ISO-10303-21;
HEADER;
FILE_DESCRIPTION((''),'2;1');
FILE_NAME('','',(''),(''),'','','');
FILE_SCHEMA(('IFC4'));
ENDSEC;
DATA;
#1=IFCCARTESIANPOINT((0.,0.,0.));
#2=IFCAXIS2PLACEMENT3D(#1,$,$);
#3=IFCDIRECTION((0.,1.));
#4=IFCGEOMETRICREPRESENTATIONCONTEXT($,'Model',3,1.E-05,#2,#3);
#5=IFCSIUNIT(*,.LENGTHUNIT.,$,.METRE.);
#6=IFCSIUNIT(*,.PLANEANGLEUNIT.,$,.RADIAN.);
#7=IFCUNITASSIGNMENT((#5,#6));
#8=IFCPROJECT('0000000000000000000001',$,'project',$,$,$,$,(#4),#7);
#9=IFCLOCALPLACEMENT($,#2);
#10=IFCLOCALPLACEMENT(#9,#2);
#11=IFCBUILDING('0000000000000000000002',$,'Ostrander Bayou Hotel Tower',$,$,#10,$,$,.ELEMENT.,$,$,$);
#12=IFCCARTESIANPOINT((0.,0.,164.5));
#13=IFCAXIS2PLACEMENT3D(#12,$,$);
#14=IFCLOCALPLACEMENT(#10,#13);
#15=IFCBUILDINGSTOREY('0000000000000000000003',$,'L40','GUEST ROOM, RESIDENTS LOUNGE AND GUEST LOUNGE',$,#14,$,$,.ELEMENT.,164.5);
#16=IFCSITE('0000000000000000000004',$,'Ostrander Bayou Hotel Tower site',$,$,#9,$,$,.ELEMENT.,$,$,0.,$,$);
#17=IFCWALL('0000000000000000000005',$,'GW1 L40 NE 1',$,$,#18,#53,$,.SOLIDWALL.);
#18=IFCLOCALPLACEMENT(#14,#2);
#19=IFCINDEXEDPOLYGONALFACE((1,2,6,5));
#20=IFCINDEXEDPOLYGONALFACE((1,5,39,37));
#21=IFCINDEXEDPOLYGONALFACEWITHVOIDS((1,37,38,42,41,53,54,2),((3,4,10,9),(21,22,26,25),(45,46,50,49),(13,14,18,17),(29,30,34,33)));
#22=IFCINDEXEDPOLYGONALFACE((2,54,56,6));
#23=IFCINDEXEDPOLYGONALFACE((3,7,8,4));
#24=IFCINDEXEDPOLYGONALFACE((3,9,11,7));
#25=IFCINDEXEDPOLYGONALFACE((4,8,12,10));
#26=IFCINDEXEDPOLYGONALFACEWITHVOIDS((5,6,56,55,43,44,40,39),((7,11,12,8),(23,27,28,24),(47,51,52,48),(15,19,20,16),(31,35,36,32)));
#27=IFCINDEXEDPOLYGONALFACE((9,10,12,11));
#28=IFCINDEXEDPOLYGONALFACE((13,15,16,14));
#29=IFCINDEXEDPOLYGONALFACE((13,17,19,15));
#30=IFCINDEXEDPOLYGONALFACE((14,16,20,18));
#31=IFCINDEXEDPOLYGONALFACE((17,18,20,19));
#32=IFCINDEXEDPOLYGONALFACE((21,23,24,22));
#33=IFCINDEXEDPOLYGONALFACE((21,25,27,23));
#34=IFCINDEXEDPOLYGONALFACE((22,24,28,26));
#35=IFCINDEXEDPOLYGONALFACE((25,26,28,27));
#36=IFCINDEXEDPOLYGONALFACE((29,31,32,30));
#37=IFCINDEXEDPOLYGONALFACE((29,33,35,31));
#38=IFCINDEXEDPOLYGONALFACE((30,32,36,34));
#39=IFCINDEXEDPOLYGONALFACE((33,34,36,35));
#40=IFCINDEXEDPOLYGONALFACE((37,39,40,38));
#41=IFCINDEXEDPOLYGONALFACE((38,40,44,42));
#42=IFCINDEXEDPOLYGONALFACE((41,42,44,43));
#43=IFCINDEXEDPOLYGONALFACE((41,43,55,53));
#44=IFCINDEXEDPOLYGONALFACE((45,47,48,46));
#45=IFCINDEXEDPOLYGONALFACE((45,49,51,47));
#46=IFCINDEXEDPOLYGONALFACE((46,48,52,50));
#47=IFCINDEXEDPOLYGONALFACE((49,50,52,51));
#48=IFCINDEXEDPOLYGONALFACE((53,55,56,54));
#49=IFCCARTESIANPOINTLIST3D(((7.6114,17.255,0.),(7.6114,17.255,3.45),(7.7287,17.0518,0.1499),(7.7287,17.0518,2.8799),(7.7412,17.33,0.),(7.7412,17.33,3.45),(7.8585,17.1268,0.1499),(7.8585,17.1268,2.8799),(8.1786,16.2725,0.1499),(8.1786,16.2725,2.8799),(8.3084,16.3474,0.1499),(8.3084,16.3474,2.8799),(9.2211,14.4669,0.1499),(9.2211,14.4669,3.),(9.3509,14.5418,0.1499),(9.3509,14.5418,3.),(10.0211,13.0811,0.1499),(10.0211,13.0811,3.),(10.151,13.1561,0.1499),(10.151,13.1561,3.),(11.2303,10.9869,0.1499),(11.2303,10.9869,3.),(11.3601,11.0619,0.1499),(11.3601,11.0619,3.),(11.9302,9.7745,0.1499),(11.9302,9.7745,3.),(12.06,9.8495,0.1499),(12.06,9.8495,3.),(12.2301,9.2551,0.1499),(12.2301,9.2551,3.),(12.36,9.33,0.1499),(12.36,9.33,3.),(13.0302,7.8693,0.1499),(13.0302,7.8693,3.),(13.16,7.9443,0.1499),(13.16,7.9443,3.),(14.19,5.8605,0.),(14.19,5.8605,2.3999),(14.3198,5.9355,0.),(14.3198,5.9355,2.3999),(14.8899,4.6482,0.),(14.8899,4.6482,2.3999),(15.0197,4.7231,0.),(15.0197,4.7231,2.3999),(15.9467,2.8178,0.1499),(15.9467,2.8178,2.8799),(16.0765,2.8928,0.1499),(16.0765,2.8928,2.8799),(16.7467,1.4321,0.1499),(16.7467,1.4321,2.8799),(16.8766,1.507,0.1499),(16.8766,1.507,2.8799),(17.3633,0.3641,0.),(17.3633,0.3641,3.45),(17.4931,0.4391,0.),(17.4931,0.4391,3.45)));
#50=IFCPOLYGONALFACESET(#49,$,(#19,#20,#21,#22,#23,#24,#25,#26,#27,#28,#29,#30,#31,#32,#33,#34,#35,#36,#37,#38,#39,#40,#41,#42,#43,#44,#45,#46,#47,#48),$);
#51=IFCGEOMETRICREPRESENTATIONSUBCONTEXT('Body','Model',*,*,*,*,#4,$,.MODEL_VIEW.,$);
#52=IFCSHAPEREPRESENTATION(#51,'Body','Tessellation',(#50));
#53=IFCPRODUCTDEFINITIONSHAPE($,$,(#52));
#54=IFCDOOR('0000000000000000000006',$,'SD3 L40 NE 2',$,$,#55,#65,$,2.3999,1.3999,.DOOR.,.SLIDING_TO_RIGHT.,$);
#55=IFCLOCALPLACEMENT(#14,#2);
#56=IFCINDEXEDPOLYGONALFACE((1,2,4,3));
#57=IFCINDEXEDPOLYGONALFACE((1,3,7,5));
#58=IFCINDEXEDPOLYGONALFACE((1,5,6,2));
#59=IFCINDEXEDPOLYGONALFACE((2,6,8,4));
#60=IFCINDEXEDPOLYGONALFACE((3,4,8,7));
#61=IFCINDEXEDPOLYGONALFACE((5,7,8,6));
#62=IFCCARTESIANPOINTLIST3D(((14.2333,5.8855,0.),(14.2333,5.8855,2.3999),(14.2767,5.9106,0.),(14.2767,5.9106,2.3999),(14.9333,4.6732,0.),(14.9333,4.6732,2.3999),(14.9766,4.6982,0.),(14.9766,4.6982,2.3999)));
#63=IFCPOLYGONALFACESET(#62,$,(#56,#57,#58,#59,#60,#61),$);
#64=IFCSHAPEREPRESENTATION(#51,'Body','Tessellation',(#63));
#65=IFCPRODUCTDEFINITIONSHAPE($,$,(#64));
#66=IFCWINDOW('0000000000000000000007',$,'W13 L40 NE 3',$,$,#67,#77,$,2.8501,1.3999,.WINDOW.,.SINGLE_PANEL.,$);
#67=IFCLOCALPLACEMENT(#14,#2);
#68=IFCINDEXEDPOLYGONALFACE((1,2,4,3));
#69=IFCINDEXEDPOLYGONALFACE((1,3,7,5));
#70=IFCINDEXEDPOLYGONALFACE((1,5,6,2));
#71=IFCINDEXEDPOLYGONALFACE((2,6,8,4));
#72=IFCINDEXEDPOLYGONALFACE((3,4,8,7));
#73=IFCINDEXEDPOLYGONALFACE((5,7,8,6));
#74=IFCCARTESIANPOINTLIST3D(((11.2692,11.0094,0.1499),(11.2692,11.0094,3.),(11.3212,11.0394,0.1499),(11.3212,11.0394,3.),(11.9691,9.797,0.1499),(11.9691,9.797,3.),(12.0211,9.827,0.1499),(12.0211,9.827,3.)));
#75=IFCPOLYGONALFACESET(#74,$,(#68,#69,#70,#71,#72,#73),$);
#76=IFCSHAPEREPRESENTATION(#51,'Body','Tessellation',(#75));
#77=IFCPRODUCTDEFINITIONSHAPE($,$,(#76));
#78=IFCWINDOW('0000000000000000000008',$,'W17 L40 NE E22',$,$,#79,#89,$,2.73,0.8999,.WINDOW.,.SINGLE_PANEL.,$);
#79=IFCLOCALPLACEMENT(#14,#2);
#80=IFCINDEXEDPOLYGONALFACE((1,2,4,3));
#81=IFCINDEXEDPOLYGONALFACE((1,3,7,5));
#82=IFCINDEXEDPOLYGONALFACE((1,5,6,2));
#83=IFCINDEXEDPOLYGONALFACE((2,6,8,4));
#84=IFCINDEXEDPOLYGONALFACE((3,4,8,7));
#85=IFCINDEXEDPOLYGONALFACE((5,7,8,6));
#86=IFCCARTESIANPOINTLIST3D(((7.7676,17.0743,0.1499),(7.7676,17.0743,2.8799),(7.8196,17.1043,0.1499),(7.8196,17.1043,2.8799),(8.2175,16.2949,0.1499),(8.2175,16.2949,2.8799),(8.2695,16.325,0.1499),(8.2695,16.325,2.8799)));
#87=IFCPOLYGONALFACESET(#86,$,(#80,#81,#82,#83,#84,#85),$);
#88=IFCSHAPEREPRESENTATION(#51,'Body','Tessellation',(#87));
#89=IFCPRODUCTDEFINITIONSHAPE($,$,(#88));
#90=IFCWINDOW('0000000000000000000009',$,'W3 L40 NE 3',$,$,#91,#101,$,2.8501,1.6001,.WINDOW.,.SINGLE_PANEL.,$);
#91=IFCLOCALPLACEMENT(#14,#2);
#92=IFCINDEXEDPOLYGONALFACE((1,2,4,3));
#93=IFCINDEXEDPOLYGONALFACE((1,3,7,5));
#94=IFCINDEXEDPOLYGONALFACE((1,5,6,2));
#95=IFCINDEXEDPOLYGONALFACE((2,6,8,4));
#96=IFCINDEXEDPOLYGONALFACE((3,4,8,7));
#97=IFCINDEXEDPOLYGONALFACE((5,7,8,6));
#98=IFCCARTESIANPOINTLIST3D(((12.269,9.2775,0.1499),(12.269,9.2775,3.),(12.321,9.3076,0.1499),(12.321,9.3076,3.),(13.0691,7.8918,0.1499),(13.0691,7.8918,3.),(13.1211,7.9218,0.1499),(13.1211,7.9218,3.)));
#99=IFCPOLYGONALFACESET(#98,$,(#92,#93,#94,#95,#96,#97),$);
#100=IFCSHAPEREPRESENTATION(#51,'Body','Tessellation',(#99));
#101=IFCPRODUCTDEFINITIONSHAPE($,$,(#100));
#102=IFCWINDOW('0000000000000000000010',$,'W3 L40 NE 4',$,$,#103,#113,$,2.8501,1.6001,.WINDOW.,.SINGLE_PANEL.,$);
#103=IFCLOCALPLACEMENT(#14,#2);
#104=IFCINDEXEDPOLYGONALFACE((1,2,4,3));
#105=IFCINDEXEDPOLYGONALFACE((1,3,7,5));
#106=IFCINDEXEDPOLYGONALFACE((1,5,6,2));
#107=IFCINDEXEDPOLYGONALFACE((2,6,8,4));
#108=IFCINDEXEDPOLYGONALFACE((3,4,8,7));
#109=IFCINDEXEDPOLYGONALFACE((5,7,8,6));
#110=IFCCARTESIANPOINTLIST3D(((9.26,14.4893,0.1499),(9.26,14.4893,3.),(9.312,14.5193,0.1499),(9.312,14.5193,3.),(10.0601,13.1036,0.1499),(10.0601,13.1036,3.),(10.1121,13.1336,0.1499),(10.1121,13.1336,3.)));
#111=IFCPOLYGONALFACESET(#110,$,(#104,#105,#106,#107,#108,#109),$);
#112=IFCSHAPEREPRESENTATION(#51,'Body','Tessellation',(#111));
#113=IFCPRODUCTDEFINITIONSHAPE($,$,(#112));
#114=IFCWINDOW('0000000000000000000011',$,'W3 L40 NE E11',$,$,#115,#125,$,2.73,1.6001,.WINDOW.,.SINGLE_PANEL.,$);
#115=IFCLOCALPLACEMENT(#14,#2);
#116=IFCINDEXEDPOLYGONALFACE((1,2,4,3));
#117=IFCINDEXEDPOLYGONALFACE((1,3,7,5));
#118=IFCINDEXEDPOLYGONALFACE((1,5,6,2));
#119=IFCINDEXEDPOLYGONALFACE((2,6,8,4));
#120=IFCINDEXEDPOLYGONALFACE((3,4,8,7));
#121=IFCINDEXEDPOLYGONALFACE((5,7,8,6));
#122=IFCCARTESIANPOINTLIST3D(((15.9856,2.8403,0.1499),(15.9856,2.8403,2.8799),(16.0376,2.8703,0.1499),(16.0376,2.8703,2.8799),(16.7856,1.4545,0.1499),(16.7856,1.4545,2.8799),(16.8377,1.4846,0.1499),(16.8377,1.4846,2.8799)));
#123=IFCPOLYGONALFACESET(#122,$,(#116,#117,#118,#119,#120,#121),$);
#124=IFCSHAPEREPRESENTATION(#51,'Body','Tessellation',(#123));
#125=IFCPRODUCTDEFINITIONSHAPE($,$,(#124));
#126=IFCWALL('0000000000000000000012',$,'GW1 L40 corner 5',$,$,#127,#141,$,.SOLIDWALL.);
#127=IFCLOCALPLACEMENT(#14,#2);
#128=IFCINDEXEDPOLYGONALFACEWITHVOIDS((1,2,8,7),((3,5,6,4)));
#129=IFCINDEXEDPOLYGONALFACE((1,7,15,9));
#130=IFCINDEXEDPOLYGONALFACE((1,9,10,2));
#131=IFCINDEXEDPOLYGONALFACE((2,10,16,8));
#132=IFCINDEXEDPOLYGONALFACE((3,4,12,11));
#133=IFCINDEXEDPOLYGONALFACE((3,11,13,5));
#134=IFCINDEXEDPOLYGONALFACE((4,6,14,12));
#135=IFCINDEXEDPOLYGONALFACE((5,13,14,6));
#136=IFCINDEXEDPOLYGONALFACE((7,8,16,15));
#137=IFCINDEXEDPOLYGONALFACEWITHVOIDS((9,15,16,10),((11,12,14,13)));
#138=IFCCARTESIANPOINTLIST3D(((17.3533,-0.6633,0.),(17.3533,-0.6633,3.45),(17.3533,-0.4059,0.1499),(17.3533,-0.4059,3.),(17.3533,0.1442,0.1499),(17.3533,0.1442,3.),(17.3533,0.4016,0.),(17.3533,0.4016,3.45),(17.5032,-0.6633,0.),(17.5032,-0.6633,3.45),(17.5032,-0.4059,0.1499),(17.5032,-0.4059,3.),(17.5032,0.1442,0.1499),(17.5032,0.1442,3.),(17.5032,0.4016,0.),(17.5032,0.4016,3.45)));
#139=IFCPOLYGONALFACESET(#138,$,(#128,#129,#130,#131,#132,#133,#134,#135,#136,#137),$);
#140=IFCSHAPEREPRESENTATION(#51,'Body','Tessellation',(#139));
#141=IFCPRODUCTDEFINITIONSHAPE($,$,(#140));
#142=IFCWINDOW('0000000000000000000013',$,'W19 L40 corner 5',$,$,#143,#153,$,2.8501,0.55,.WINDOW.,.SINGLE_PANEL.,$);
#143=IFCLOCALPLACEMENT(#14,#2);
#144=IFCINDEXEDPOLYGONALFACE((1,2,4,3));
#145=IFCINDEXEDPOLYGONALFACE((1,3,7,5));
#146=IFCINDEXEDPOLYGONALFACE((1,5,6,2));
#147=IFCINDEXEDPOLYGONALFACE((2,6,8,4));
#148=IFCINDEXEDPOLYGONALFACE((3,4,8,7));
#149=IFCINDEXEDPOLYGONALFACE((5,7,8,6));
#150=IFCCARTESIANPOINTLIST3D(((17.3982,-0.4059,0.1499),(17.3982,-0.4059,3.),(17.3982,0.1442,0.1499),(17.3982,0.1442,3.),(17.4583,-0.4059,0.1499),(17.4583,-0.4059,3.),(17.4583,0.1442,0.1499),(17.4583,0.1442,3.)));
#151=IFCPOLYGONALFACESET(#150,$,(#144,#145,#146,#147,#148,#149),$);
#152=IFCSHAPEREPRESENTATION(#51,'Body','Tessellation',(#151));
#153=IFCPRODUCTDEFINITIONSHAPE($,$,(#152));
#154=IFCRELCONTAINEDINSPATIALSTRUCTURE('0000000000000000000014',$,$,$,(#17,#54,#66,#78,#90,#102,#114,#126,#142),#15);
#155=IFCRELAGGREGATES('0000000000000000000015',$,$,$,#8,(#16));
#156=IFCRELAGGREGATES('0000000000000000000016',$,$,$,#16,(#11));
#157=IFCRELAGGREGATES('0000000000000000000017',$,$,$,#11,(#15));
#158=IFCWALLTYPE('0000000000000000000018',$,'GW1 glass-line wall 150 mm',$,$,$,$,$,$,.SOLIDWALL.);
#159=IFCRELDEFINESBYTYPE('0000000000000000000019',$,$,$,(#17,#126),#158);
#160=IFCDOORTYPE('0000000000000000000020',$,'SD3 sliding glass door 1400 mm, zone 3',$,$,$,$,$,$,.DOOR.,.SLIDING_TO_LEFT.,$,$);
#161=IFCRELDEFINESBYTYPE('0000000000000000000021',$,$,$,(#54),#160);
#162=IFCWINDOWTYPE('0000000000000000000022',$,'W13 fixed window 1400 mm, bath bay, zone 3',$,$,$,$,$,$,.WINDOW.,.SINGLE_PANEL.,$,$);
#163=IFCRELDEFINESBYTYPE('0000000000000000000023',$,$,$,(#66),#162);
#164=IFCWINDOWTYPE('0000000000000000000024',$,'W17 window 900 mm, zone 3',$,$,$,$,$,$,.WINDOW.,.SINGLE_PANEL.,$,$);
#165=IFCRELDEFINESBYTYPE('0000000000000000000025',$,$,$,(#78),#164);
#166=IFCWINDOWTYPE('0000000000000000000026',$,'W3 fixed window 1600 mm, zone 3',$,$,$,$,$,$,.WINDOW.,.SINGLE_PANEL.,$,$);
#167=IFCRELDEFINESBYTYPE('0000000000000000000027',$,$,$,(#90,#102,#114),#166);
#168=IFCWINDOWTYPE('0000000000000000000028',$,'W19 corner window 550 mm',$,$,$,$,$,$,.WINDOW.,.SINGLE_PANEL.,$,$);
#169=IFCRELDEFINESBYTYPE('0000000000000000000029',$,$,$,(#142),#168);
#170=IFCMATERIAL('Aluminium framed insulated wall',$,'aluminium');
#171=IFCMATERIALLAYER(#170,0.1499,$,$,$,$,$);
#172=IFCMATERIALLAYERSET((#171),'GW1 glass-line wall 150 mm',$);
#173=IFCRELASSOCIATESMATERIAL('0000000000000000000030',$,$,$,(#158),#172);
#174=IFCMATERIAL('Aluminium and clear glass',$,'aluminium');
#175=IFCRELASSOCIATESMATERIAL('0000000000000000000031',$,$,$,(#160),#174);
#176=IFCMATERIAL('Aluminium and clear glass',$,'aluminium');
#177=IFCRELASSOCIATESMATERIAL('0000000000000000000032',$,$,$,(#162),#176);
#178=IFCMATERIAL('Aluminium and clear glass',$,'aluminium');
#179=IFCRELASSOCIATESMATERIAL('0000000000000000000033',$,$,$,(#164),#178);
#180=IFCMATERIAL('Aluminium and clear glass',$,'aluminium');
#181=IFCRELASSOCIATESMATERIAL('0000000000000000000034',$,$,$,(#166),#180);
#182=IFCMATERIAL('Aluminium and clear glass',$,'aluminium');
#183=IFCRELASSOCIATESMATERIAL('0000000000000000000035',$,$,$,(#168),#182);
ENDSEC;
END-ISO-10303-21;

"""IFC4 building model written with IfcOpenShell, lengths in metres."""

from ifc_helpers import new_model, si_unit, direction, frame, frame_2d, origin, place, context, subcontext, project, spatial, rectangle, extrude, material, layer, layer_set, type_object, element, fill, save


model = new_model("IFC4")

# Units and contexts
model_context = context("Model", 3, precision=1e-05, world=origin(), true_north=direction((0.0, 1.0)))
body_context = subcontext(model_context, "Body", "Model", "MODEL_VIEW")
ifc_project = project(units=[si_unit("LENGTHUNIT", "METRE"), si_unit("PLANEANGLEUNIT", "RADIAN")], contexts=[model_context])

# Site, building, storey
site_placement = place(None, origin())
site = spatial("IfcSite", under=ifc_project, at=site_placement, Name="Ostrander Bayou Hotel Tower site", CompositionType="ELEMENT", RefElevation=0.0)
building_placement = place(site_placement, origin())
building = spatial("IfcBuilding", under=site, at=building_placement, Name="Ostrander Bayou Hotel Tower", CompositionType="ELEMENT")
storey_placement = place(building_placement, frame((0.0, 0.0, 164.5)))
storey = spatial("IfcBuildingStorey", under=building, at=storey_placement, Name="L40", Description="GUEST ROOM, RESIDENTS LOUNGE AND GUEST LOUNGE", CompositionType="ELEMENT", Elevation=164.5)

# Wall, openings, door, windows
ifc_material_1 = material(Name="Aluminium framed insulated wall", Category="aluminium")
ifc_layer_1 = layer(ifc_material_1, 0.1499)
ifc_layer_set_1 = layer_set([ifc_layer_1], Name="GW1 glass-line wall 150 mm")
wall_type_1 = type_object("IfcWallType", Name="GW1 glass-line wall 150 mm", PredefinedType="SOLIDWALL", material=ifc_layer_set_1)
wall_1_placement = place(storey_placement, frame((17.4282, 0.4016, 0.0), z_axis=(0.0, 0.0, 1.0), x_axis=(-0.5, 0.866025, 0.0)))
wall_1 = element("IfcWall", 1, at=wall_1_placement, inside=storey, type_object=wall_type_1, Name="GW1 L40 NE 1", PredefinedType="SOLIDWALL", context=body_context, shape_type="SweptSolid", body=[
    extrude(rectangle(XDim=19.5039, YDim=0.1499, at=frame_2d((9.752, 0.0))), origin(), (0.0, 0.0, 1.0), 3.45),
])
opening_1_placement = place(wall_1_placement, frame((4.9468, 0.0, 0.0)))
opening_1 = element("IfcOpeningElement", 2, at=opening_1_placement, cuts=wall_1, PredefinedType="OPENING", context=body_context, shape_type="SweptSolid", body=[
    extrude(rectangle(XDim=1.3999, YDim=2.3999, at=frame_2d((0.7, 1.2))), frame((0.0, 0.075, 0.0), z_axis=(0.0, -1.0, 0.0), x_axis=(1.0, 0.0, 0.0)), (0.0, 0.0, 1.0), 0.1499),
])
opening_2_placement = place(wall_1_placement, frame((8.6663, 0.0, 0.1499)))
opening_2 = element("IfcOpeningElement", 3, at=opening_2_placement, cuts=wall_1, PredefinedType="OPENING", context=body_context, shape_type="SweptSolid", body=[
    extrude(rectangle(XDim=1.6001, YDim=2.8501, at=frame_2d((0.8, 1.425))), frame((0.0, 0.075, 0.0), z_axis=(0.0, -1.0, 0.0), x_axis=(1.0, 0.0, 0.0)), (0.0, 0.0, 1.0), 0.1499),
])
opening_3_placement = place(wall_1_placement, frame((10.8662, 0.0, 0.1499)))
opening_3 = element("IfcOpeningElement", 4, at=opening_3_placement, cuts=wall_1, PredefinedType="OPENING", context=body_context, shape_type="SweptSolid", body=[
    extrude(rectangle(XDim=1.3999, YDim=2.8501, at=frame_2d((0.7, 1.425))), frame((0.0, 0.075, 0.0), z_axis=(0.0, -1.0, 0.0), x_axis=(1.0, 0.0, 0.0)), (0.0, 0.0, 1.0), 0.1499),
])
opening_4_placement = place(wall_1_placement, frame((14.6843, 0.0, 0.1499)))
opening_4 = element("IfcOpeningElement", 5, at=opening_4_placement, cuts=wall_1, PredefinedType="OPENING", context=body_context, shape_type="SweptSolid", body=[
    extrude(rectangle(XDim=1.6001, YDim=2.8501, at=frame_2d((0.8, 1.425))), frame((0.0, 0.075, 0.0), z_axis=(0.0, -1.0, 0.0), x_axis=(1.0, 0.0, 0.0)), (0.0, 0.0, 1.0), 0.1499),
])
opening_5_placement = place(wall_1_placement, frame((1.2332, 0.0, 0.1499)))
opening_5 = element("IfcOpeningElement", 6, at=opening_5_placement, cuts=wall_1, PredefinedType="OPENING", context=body_context, shape_type="SweptSolid", body=[
    extrude(rectangle(XDim=1.6001, YDim=2.73, at=frame_2d((0.8, 1.365))), frame((0.0, 0.075, 0.0), z_axis=(0.0, -1.0, 0.0), x_axis=(1.0, 0.0, 0.0)), (0.0, 0.0, 1.0), 0.1499),
])
opening_6_placement = place(wall_1_placement, frame((18.3694, 0.0, 0.1499)))
opening_6 = element("IfcOpeningElement", 7, at=opening_6_placement, cuts=wall_1, PredefinedType="OPENING", context=body_context, shape_type="SweptSolid", body=[
    extrude(rectangle(XDim=0.8999, YDim=2.73, at=frame_2d((0.45, 1.365))), frame((0.0, 0.075, 0.0), z_axis=(0.0, -1.0, 0.0), x_axis=(1.0, 0.0, 0.0)), (0.0, 0.0, 1.0), 0.1499),
])
ifc_material_2 = material(Name="Aluminium and clear glass", Category="aluminium")
door_type = type_object("IfcDoorType", Name="SD3 sliding glass door 1400 mm, zone 3", OperationType="SLIDING_TO_LEFT", PredefinedType="DOOR", material=ifc_material_2)
door_placement = place(opening_1_placement, origin())
door = element("IfcDoor", 8, at=door_placement, inside=storey, type_object=door_type, Name="SD3 L40 NE 2", OperationType="SLIDING_TO_RIGHT", OverallHeight=2.3999, OverallWidth=1.3999, PredefinedType="DOOR", context=body_context, shape_type="SweptSolid", body=[
    extrude(rectangle(XDim=1.3999, YDim=2.3999, at=frame_2d((0.7, 1.2))), frame((0.0, 0.0249, 0.0), z_axis=(0.0, -1.0, 0.0), x_axis=(1.0, 0.0, 0.0)), (0.0, 0.0, 1.0), 0.05),
])
fill(opening_1, door)
ifc_material_3 = material(Name="Aluminium and clear glass", Category="aluminium")
window_type_1 = type_object("IfcWindowType", Name="W13 fixed window 1400 mm, bath bay, zone 3", PartitioningType="SINGLE_PANEL", PredefinedType="WINDOW", material=ifc_material_3)
window_1_placement = place(opening_3_placement, origin())
window_1 = element("IfcWindow", 9, at=window_1_placement, inside=storey, type_object=window_type_1, Name="W13 L40 NE 3", OverallHeight=2.8501, OverallWidth=1.3999, PartitioningType="SINGLE_PANEL", PredefinedType="WINDOW", context=body_context, shape_type="SweptSolid", body=[
    extrude(rectangle(XDim=1.3999, YDim=2.8501, at=frame_2d((0.7, 1.425))), frame((0.0, 0.03, 0.0), z_axis=(0.0, -1.0, 0.0), x_axis=(1.0, 0.0, 0.0)), (0.0, 0.0, 1.0), 0.0601),
])
fill(opening_3, window_1)
ifc_material_4 = material(Name="Aluminium and clear glass", Category="aluminium")
window_type_2 = type_object("IfcWindowType", Name="W17 window 900 mm, zone 3", PartitioningType="SINGLE_PANEL", PredefinedType="WINDOW", material=ifc_material_4)
window_2_placement = place(opening_6_placement, origin())
window_2 = element("IfcWindow", 10, at=window_2_placement, inside=storey, type_object=window_type_2, Name="W17 L40 NE E22", OverallHeight=2.73, OverallWidth=0.8999, PartitioningType="SINGLE_PANEL", PredefinedType="WINDOW", context=body_context, shape_type="SweptSolid", body=[
    extrude(rectangle(XDim=0.8999, YDim=2.73, at=frame_2d((0.45, 1.365))), frame((0.0, 0.03, 0.0), z_axis=(0.0, -1.0, 0.0), x_axis=(1.0, 0.0, 0.0)), (0.0, 0.0, 1.0), 0.0601),
])
fill(opening_6, window_2)
ifc_material_5 = material(Name="Aluminium and clear glass", Category="aluminium")
window_type_3 = type_object("IfcWindowType", Name="W3 fixed window 1600 mm, zone 3", PartitioningType="SINGLE_PANEL", PredefinedType="WINDOW", material=ifc_material_5)
window_3_placement = place(opening_2_placement, origin())
window_3 = element("IfcWindow", 11, at=window_3_placement, inside=storey, type_object=window_type_3, Name="W3 L40 NE 3", OverallHeight=2.8501, OverallWidth=1.6001, PartitioningType="SINGLE_PANEL", PredefinedType="WINDOW", context=body_context, shape_type="SweptSolid", body=[
    extrude(rectangle(XDim=1.6001, YDim=2.8501, at=frame_2d((0.8, 1.425))), frame((0.0, 0.03, 0.0), z_axis=(0.0, -1.0, 0.0), x_axis=(1.0, 0.0, 0.0)), (0.0, 0.0, 1.0), 0.0601),
])
fill(opening_2, window_3)
window_4_placement = place(opening_4_placement, origin())
window_4 = element("IfcWindow", 12, at=window_4_placement, inside=storey, type_object=window_type_3, Name="W3 L40 NE 4", OverallHeight=2.8501, OverallWidth=1.6001, PartitioningType="SINGLE_PANEL", PredefinedType="WINDOW", context=body_context, shape_type="SweptSolid", body=[
    extrude(rectangle(XDim=1.6001, YDim=2.8501, at=frame_2d((0.8, 1.425))), frame((0.0, 0.03, 0.0), z_axis=(0.0, -1.0, 0.0), x_axis=(1.0, 0.0, 0.0)), (0.0, 0.0, 1.0), 0.0601),
])
fill(opening_4, window_4)
window_5_placement = place(opening_5_placement, origin())
window_5 = element("IfcWindow", 13, at=window_5_placement, inside=storey, type_object=window_type_3, Name="W3 L40 NE E11", OverallHeight=2.73, OverallWidth=1.6001, PartitioningType="SINGLE_PANEL", PredefinedType="WINDOW", context=body_context, shape_type="SweptSolid", body=[
    extrude(rectangle(XDim=1.6001, YDim=2.73, at=frame_2d((0.8, 1.365))), frame((0.0, 0.03, 0.0), z_axis=(0.0, -1.0, 0.0), x_axis=(1.0, 0.0, 0.0)), (0.0, 0.0, 1.0), 0.0601),
])
fill(opening_5, window_5)

# Wall, opening, window
wall_2_placement = place(storey_placement, frame((17.4282, -0.6633, 0.0), z_axis=(0.0, 0.0, 1.0), x_axis=(0.0, 1.0, 0.0)))
wall_2 = element("IfcWall", 14, at=wall_2_placement, inside=storey, type_object=wall_type_1, Name="GW1 L40 corner 5", PredefinedType="SOLIDWALL", context=body_context, shape_type="SweptSolid", body=[
    extrude(rectangle(XDim=1.0649, YDim=0.1499, at=frame_2d((0.5325, 0.0))), origin(), (0.0, 0.0, 1.0), 3.45),
])
opening_7_placement = place(wall_2_placement, frame((0.2576, 0.0, 0.1499)))
opening_7 = element("IfcOpeningElement", 15, at=opening_7_placement, cuts=wall_2, PredefinedType="OPENING", context=body_context, shape_type="SweptSolid", body=[
    extrude(rectangle(XDim=0.55, YDim=2.8501, at=frame_2d((0.2749, 1.425))), frame((0.0, 0.075, 0.0), z_axis=(0.0, -1.0, 0.0), x_axis=(1.0, 0.0, 0.0)), (0.0, 0.0, 1.0), 0.1499),
])
ifc_material_6 = material(Name="Aluminium and clear glass", Category="aluminium")
window_type_4 = type_object("IfcWindowType", Name="W19 corner window 550 mm", PartitioningType="SINGLE_PANEL", PredefinedType="WINDOW", material=ifc_material_6)
window_6_placement = place(opening_7_placement, origin())
window_6 = element("IfcWindow", 16, at=window_6_placement, inside=storey, type_object=window_type_4, Name="W19 L40 corner 5", OverallHeight=2.8501, OverallWidth=0.55, PartitioningType="SINGLE_PANEL", PredefinedType="WINDOW", context=body_context, shape_type="SweptSolid", body=[
    extrude(rectangle(XDim=0.55, YDim=2.8501, at=frame_2d((0.2749, 1.425))), frame((0.0, 0.03, 0.0), z_axis=(0.0, -1.0, 0.0), x_axis=(1.0, 0.0, 0.0)), (0.0, 0.0, 1.0), 0.0601),
])
fill(opening_7, window_6)

save(model, "model.ifc")
